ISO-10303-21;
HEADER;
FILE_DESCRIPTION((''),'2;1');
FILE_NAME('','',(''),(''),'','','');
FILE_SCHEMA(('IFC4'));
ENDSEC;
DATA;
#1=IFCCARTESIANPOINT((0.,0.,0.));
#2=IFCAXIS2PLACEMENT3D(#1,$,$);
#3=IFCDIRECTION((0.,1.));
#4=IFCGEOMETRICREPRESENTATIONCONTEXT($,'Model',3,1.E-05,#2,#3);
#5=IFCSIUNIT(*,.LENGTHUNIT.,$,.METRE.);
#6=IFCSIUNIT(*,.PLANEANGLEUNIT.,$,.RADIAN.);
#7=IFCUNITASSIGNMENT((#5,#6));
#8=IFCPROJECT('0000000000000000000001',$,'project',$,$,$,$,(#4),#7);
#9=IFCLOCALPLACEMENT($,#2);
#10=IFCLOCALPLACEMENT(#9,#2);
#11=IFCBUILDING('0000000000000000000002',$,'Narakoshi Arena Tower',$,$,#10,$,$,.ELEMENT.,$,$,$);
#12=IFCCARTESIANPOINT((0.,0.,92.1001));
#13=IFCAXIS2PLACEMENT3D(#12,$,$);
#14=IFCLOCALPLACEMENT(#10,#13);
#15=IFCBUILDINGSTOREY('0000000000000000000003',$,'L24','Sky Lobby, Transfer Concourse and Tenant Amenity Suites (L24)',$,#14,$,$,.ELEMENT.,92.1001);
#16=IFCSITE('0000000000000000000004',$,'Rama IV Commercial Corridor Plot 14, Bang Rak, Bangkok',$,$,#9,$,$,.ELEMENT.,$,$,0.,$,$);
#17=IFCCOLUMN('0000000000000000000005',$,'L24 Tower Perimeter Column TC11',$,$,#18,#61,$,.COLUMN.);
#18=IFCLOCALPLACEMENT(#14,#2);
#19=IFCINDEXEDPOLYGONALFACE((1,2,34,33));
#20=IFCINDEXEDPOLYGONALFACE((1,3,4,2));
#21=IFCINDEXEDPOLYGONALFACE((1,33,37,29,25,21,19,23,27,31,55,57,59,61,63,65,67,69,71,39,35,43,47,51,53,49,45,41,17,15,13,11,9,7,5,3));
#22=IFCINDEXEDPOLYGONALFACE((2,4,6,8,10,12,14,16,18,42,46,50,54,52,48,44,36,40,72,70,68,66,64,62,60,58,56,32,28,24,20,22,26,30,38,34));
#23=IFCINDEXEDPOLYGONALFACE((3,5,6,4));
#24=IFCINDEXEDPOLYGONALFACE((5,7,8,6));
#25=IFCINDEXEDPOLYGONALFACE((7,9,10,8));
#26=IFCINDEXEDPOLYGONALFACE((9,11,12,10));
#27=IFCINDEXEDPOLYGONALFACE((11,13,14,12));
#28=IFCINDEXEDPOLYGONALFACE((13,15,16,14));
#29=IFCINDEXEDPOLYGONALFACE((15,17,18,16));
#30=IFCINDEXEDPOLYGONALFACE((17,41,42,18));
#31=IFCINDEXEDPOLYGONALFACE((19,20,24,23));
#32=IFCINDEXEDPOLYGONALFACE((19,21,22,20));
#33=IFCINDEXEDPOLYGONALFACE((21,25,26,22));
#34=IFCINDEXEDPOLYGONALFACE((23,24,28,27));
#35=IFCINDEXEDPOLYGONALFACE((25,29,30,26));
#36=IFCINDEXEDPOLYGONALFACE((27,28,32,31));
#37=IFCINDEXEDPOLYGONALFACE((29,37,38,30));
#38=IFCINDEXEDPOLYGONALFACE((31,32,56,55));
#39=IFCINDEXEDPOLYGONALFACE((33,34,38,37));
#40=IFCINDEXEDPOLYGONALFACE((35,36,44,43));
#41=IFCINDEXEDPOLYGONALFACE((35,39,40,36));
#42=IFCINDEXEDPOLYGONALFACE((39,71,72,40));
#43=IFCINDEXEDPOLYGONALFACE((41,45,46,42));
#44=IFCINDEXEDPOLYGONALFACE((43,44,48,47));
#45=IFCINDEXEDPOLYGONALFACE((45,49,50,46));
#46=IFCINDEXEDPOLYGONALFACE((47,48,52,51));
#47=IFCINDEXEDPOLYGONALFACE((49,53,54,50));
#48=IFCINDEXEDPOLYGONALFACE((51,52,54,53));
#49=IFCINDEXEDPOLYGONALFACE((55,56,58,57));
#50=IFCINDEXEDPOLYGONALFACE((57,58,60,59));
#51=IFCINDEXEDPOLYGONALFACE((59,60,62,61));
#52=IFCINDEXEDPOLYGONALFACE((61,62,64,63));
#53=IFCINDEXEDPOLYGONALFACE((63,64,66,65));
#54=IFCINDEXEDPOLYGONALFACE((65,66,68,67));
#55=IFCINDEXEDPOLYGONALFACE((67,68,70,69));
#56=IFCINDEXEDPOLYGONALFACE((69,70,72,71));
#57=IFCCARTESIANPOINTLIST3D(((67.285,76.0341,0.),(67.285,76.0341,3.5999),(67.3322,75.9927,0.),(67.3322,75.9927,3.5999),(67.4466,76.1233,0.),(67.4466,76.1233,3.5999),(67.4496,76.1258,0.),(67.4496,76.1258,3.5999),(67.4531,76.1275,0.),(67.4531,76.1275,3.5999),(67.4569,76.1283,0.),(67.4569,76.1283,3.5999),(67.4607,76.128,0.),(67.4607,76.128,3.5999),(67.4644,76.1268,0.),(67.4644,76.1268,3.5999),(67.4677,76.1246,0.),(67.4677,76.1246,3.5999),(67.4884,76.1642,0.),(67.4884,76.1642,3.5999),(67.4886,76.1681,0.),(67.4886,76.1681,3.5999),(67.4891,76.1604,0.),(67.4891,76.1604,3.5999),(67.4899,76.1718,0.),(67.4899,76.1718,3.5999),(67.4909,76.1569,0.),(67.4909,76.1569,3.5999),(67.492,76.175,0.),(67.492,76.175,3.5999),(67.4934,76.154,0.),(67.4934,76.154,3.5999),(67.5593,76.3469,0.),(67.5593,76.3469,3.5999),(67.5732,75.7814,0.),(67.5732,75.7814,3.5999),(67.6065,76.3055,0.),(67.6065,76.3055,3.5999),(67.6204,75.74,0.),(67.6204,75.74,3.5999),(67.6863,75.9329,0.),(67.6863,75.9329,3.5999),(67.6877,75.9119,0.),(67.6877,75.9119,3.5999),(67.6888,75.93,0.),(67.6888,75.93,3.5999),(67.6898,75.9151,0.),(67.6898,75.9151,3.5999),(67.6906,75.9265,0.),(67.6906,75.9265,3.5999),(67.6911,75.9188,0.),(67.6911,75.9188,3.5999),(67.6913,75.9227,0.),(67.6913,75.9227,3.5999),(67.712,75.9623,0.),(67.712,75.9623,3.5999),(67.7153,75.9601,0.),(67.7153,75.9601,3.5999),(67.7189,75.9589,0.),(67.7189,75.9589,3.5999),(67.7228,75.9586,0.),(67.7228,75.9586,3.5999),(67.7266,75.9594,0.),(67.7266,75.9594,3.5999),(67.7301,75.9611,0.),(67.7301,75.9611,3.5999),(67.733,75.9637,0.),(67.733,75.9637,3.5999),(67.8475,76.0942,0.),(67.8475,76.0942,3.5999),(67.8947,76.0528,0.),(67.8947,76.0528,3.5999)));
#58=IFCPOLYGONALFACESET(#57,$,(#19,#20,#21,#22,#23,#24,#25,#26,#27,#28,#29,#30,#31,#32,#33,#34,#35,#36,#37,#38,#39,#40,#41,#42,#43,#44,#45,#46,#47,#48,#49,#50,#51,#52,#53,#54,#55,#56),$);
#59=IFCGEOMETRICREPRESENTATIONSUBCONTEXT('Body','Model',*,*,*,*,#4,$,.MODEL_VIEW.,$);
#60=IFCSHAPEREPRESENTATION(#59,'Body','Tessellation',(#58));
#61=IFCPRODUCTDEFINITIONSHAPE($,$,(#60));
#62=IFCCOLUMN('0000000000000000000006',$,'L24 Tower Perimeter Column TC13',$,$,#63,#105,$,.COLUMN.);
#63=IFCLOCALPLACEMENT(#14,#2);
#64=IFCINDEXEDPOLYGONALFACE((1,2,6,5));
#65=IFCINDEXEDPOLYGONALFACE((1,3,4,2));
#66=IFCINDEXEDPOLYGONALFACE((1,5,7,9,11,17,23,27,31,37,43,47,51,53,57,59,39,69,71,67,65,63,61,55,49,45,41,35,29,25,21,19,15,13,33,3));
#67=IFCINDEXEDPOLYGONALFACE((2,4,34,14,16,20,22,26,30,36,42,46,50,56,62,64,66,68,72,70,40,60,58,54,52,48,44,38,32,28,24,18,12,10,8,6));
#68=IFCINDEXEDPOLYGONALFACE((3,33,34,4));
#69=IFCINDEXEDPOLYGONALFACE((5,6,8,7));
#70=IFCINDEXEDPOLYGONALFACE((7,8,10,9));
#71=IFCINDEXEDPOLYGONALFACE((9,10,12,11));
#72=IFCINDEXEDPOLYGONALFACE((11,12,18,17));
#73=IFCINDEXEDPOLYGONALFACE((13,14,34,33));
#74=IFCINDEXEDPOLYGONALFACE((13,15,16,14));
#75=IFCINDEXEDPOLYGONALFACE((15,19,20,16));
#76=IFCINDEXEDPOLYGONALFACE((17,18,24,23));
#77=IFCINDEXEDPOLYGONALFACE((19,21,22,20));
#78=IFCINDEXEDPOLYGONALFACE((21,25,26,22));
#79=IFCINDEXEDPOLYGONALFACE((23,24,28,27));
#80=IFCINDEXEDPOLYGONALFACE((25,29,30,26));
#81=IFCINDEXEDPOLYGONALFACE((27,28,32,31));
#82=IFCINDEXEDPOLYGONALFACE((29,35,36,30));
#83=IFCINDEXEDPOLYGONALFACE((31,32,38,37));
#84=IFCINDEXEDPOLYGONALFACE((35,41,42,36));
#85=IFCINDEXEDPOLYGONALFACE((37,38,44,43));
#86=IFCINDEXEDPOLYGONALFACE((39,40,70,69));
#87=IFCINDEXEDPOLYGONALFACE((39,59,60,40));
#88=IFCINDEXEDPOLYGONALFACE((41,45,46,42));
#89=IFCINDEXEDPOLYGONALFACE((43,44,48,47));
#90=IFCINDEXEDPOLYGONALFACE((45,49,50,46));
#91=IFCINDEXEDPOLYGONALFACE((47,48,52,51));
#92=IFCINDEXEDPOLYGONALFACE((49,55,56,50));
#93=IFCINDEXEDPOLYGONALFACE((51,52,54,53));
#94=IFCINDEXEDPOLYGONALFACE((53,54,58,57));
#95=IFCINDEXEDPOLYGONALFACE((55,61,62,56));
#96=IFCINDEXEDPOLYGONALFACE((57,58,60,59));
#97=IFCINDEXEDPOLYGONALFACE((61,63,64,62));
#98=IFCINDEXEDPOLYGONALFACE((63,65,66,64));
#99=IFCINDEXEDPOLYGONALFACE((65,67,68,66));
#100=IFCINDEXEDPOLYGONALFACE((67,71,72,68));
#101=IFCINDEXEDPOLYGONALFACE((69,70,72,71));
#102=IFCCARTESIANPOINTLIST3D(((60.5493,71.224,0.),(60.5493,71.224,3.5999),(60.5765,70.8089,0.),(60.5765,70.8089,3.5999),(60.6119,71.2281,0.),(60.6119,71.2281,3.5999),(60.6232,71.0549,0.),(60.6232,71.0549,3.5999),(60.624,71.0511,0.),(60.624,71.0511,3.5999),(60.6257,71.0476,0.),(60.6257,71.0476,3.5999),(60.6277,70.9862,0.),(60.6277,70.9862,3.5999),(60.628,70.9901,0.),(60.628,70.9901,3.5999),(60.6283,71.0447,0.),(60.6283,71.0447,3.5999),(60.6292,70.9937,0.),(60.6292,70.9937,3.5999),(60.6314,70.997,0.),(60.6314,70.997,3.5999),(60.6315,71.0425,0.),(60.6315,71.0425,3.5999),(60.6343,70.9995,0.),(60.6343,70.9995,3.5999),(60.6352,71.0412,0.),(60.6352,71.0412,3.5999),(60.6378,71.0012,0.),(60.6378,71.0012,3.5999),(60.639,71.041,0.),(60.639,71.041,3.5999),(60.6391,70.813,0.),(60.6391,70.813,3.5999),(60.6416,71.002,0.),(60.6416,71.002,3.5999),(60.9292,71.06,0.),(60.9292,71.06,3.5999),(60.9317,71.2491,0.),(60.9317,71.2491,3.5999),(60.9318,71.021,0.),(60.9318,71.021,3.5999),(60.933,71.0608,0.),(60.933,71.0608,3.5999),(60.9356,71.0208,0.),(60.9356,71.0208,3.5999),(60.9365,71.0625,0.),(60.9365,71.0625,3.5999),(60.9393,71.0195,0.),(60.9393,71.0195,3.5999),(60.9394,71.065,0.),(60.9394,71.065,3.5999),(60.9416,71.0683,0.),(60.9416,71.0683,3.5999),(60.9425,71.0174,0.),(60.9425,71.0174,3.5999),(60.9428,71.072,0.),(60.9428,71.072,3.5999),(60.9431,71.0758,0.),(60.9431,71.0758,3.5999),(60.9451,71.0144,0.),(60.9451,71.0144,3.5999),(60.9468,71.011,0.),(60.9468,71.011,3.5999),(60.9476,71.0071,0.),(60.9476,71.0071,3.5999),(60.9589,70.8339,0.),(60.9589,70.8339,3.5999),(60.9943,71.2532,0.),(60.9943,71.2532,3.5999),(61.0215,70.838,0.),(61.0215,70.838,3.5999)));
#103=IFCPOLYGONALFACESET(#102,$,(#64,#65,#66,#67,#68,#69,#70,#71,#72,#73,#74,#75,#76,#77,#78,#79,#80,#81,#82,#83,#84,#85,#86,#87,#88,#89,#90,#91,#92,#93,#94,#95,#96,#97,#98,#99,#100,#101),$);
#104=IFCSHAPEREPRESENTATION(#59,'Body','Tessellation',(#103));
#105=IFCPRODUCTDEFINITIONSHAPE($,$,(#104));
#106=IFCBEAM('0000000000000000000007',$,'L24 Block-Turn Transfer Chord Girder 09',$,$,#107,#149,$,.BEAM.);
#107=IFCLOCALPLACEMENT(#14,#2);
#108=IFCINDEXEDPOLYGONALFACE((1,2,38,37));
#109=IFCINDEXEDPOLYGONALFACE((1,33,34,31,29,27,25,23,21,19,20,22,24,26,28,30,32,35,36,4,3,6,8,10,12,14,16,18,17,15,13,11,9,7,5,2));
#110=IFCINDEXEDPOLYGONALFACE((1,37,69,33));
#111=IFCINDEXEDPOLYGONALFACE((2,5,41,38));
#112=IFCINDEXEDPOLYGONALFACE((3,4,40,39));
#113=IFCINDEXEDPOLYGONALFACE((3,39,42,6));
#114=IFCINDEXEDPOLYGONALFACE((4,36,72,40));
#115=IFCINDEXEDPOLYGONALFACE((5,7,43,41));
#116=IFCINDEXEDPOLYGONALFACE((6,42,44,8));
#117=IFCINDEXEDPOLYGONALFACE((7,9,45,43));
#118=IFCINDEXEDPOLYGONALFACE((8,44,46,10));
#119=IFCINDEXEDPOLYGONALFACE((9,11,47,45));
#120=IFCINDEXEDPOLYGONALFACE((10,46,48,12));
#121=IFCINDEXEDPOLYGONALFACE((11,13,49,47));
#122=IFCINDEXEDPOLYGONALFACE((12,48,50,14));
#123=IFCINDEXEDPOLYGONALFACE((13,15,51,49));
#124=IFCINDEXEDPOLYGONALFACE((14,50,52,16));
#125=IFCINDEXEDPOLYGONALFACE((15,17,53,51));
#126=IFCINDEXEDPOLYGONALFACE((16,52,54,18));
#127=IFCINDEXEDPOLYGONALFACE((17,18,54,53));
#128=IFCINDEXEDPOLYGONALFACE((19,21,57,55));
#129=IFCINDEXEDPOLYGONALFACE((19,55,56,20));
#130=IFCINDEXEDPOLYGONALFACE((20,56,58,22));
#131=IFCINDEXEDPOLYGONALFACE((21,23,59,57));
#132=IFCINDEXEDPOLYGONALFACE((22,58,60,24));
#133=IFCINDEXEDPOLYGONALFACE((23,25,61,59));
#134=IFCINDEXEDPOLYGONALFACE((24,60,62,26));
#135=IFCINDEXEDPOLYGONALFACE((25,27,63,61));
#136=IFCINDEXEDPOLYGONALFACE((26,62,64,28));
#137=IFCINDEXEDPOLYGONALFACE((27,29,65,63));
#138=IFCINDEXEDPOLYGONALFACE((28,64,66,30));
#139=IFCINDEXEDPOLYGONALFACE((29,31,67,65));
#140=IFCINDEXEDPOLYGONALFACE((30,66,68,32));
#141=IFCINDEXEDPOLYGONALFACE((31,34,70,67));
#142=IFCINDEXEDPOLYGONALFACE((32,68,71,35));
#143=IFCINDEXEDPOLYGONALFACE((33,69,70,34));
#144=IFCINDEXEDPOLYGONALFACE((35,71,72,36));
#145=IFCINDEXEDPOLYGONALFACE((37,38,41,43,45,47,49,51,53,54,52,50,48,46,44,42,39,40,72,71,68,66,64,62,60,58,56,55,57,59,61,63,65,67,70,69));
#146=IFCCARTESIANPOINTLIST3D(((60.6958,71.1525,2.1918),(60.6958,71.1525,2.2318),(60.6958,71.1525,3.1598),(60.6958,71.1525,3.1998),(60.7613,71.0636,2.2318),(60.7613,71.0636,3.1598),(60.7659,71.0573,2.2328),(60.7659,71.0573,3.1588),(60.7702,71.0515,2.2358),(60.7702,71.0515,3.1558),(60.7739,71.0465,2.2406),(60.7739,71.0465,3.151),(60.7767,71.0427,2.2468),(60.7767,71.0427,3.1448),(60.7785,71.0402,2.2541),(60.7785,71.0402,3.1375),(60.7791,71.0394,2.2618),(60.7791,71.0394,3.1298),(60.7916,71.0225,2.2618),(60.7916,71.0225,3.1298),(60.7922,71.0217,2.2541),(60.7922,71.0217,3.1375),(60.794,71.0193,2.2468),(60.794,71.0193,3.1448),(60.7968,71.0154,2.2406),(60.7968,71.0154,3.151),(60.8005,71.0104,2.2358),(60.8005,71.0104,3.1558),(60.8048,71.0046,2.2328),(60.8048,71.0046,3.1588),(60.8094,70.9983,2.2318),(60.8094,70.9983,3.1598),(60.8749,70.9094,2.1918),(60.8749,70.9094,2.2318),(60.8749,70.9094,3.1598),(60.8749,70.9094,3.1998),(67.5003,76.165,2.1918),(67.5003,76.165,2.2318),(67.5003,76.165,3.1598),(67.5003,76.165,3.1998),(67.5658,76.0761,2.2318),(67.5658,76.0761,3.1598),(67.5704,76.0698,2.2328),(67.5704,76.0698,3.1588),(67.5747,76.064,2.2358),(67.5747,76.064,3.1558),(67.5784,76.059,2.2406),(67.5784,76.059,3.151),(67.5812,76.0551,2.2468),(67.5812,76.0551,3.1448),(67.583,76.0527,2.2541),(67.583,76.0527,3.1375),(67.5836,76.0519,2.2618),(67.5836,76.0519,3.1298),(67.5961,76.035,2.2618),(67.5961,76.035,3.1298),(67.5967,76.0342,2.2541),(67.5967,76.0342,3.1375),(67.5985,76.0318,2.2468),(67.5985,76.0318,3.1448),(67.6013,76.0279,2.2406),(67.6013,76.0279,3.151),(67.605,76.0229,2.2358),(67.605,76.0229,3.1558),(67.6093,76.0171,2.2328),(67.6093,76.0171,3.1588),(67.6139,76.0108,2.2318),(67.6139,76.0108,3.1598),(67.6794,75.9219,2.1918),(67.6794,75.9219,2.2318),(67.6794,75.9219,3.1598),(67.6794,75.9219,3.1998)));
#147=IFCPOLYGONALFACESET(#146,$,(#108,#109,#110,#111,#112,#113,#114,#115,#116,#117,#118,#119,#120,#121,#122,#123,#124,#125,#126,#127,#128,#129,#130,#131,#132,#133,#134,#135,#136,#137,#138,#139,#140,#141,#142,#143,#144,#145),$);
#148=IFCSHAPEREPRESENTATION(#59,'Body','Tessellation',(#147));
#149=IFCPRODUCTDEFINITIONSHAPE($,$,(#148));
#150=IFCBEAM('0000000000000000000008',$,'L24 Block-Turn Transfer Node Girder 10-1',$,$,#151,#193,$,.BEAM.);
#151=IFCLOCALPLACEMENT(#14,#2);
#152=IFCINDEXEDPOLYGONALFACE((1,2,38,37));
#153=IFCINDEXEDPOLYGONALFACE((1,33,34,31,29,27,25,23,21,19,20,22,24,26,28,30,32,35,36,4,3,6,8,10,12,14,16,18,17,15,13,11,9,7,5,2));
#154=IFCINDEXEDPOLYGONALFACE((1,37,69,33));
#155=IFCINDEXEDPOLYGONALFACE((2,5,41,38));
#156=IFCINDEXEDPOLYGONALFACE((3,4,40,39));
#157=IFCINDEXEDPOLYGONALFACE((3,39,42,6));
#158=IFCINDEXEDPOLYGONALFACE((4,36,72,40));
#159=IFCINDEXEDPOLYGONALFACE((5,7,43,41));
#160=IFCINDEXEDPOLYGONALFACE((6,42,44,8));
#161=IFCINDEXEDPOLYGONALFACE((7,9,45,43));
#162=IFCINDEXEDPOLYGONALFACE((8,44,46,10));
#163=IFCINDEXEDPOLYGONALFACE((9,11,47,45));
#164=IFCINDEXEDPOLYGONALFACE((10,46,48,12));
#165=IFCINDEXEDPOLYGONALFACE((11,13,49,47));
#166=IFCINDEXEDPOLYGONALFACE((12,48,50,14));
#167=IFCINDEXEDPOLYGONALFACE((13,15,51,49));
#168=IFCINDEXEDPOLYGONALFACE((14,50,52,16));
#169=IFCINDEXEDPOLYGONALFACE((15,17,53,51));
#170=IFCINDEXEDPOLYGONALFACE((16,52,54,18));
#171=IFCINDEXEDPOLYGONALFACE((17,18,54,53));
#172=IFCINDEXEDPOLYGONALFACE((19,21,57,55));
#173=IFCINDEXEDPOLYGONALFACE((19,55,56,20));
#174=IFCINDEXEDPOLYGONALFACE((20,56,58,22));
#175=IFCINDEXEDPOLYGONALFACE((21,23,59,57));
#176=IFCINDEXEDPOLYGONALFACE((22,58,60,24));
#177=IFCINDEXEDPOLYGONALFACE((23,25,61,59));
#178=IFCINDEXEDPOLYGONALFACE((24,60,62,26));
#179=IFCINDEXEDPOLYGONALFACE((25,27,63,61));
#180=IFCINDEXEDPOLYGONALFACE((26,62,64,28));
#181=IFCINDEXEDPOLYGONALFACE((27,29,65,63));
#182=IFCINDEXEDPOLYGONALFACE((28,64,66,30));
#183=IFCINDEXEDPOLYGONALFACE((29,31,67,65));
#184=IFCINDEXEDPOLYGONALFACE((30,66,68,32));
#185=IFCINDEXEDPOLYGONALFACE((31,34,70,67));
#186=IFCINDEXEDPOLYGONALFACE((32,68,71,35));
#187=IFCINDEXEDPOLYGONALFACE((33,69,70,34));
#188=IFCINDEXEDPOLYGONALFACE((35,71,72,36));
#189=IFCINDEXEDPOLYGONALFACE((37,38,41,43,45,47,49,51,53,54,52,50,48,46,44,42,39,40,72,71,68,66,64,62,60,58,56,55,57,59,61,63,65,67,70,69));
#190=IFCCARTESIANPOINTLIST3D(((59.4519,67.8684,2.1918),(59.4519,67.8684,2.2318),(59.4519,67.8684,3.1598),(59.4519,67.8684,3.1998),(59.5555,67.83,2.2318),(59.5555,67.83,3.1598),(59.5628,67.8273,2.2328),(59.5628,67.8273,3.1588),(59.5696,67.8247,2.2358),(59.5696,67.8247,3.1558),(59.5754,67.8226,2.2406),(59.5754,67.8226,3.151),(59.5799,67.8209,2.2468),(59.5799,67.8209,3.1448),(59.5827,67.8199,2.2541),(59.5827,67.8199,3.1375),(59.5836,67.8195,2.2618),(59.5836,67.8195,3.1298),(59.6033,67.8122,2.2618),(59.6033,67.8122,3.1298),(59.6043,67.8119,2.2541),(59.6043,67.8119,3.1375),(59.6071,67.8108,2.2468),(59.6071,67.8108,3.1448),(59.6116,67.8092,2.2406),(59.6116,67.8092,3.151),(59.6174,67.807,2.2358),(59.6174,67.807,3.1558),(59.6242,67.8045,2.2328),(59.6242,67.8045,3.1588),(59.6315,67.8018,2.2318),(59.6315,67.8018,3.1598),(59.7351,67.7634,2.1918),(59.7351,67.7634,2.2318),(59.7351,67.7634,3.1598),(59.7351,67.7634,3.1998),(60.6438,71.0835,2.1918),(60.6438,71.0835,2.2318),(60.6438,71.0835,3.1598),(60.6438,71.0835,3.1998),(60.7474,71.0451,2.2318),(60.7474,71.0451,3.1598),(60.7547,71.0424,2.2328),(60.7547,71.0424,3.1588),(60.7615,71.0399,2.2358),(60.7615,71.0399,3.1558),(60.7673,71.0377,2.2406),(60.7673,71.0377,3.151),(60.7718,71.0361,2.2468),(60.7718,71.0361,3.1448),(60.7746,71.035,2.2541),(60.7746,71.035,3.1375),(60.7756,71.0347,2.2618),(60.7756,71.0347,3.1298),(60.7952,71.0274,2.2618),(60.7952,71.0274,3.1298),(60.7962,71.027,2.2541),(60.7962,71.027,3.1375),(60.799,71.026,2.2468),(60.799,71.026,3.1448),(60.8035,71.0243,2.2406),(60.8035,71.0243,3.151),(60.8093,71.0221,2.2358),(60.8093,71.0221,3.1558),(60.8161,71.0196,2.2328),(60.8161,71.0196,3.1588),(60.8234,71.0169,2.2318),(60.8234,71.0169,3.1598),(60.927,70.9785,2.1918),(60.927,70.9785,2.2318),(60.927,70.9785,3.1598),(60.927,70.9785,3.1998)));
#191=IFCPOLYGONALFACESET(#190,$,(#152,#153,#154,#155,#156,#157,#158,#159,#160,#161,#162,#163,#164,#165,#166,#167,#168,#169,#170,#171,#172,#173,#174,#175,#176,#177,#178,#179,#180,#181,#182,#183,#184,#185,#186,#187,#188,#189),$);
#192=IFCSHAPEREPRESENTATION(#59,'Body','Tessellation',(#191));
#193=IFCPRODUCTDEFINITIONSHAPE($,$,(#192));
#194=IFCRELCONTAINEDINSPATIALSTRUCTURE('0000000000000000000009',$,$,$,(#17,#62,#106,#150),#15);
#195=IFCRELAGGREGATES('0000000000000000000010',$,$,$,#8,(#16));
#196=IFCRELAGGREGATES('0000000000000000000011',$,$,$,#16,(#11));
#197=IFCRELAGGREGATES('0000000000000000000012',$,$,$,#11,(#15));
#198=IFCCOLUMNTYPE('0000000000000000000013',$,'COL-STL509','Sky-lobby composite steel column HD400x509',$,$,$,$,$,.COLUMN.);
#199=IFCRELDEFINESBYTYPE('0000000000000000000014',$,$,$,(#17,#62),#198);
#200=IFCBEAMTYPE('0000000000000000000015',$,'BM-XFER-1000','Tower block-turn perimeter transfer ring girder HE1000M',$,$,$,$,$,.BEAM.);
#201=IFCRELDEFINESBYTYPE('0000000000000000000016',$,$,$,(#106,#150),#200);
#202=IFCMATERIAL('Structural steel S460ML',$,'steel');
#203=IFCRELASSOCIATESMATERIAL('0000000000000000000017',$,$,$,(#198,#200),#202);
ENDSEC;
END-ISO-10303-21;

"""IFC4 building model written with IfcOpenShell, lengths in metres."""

from ifc_helpers import new_model, si_unit, direction, frame, origin, origin_2d, place, context, subcontext, project, spatial, i_section, extrude, material, material_profile, profile_set, type_object, element, save


model = new_model("IFC4")

# Units and contexts
model_context = context("Model", 3, precision=1e-05, world=origin(), true_north=direction((0.0, 1.0)))
body_context = subcontext(model_context, "Body", "Model", "MODEL_VIEW")
ifc_project = project(units=[si_unit("LENGTHUNIT", "METRE"), si_unit("PLANEANGLEUNIT", "RADIAN")], contexts=[model_context])

# Site, building, storey
site_placement = place(None, origin())
site = spatial("IfcSite", under=ifc_project, at=site_placement, Name="Rama IV Commercial Corridor Plot 14, Bang Rak, Bangkok", CompositionType="ELEMENT", RefElevation=0.0)
building_placement = place(site_placement, origin())
building = spatial("IfcBuilding", under=site, at=building_placement, Name="Narakoshi Arena Tower", CompositionType="ELEMENT")
storey_placement = place(building_placement, frame((0.0, 0.0, 92.1001)))
storey = spatial("IfcBuildingStorey", under=building, at=storey_placement, Name="L24", Description="Sky Lobby, Transfer Concourse and Tenant Amenity Suites (L24)", CompositionType="ELEMENT", Elevation=92.1001)

# Columns
ifc_material_1 = material(Name="Structural steel S460ML", Category="steel")
ifc_material_profile_1 = material_profile(ifc_material_1, i_section(OverallWidth=0.416, OverallDepth=0.446, WebThickness=0.0391, FlangeThickness=0.0627, FilletRadius=0.0149, at=origin_2d()), Name="HD400x509")
ifc_profile_set_1 = profile_set([ifc_material_profile_1], Name="Structural steel S460ML")
column_type = type_object("IfcColumnType", Name="COL-STL509", Description="Sky-lobby composite steel column HD400x509", PredefinedType="COLUMN", material=ifc_profile_set_1)
for number, where, z_axis, x_axis, name in (
    (1, (67.5898, 76.0435, 0.0), (0.0, 0.0, 1.0), (0.659346, 0.75184, 0.0), "L24 Tower Perimeter Column TC11"),
    (2, (60.7854, 71.031, 0.0), (0.0, 0.0, 1.0), (-0.065403, 0.997859, 0.0), "L24 Tower Perimeter Column TC13"),
):
    element("IfcColumn", number, at=place(storey_placement, frame(where, z_axis=z_axis, x_axis=x_axis)), inside=storey, type_object=column_type, Name=name, PredefinedType="COLUMN", context=body_context, shape_type="SweptSolid", body=[
        extrude(i_section(OverallWidth=0.416, OverallDepth=0.446, WebThickness=0.0391, FlangeThickness=0.0627, FilletRadius=0.0149, at=origin_2d()), origin(), (0.0, 0.0, 1.0), 3.5999),
    ])

# Beams
ifc_material_profile_2 = material_profile(ifc_material_1, i_section(OverallWidth=0.302, OverallDepth=1.0081, WebThickness=0.021, FlangeThickness=0.04, FilletRadius=0.03, at=origin_2d()), Name="HE1000M")
ifc_profile_set_2 = profile_set([ifc_material_profile_2], Name="Structural steel S460ML")
beam_type = type_object("IfcBeamType", Name="BM-XFER-1000", Description="Tower block-turn perimeter transfer ring girder HE1000M", PredefinedType="BEAM", material=ifc_profile_set_2)
beam_1_placement = place(storey_placement, frame((67.5898, 76.0435, 2.6958), z_axis=(-0.805132, -0.593096, 0.0), x_axis=(0.593096, -0.805132, 0.0)))
element("IfcBeam", 3, at=beam_1_placement, inside=storey, type_object=beam_type, Name="L24 Block-Turn Transfer Chord Girder 09", PredefinedType="BEAM", context=body_context, shape_type="SweptSolid", body=[
    extrude(i_section(OverallWidth=0.302, OverallDepth=1.0081, WebThickness=0.021, FlangeThickness=0.04, FilletRadius=0.03, at=origin_2d()), origin(), (0.0, 0.0, 1.0), 8.4514),
])
beam_2_placement = place(storey_placement, frame((60.7854, 71.031, 2.6958), z_axis=(-0.347602, -0.937642, 0.0), x_axis=(0.937642, -0.347602, 0.0)))
element("IfcBeam", 4, at=beam_2_placement, inside=storey, type_object=beam_type, Name="L24 Block-Turn Transfer Node Girder 10-1", PredefinedType="BEAM", context=body_context, shape_type="SweptSolid", body=[
    extrude(i_section(OverallWidth=0.302, OverallDepth=1.0081, WebThickness=0.021, FlangeThickness=0.04, FilletRadius=0.03, at=origin_2d()), origin(), (0.0, 0.0, 1.0), 3.429),
])

save(model, "model.ifc")
